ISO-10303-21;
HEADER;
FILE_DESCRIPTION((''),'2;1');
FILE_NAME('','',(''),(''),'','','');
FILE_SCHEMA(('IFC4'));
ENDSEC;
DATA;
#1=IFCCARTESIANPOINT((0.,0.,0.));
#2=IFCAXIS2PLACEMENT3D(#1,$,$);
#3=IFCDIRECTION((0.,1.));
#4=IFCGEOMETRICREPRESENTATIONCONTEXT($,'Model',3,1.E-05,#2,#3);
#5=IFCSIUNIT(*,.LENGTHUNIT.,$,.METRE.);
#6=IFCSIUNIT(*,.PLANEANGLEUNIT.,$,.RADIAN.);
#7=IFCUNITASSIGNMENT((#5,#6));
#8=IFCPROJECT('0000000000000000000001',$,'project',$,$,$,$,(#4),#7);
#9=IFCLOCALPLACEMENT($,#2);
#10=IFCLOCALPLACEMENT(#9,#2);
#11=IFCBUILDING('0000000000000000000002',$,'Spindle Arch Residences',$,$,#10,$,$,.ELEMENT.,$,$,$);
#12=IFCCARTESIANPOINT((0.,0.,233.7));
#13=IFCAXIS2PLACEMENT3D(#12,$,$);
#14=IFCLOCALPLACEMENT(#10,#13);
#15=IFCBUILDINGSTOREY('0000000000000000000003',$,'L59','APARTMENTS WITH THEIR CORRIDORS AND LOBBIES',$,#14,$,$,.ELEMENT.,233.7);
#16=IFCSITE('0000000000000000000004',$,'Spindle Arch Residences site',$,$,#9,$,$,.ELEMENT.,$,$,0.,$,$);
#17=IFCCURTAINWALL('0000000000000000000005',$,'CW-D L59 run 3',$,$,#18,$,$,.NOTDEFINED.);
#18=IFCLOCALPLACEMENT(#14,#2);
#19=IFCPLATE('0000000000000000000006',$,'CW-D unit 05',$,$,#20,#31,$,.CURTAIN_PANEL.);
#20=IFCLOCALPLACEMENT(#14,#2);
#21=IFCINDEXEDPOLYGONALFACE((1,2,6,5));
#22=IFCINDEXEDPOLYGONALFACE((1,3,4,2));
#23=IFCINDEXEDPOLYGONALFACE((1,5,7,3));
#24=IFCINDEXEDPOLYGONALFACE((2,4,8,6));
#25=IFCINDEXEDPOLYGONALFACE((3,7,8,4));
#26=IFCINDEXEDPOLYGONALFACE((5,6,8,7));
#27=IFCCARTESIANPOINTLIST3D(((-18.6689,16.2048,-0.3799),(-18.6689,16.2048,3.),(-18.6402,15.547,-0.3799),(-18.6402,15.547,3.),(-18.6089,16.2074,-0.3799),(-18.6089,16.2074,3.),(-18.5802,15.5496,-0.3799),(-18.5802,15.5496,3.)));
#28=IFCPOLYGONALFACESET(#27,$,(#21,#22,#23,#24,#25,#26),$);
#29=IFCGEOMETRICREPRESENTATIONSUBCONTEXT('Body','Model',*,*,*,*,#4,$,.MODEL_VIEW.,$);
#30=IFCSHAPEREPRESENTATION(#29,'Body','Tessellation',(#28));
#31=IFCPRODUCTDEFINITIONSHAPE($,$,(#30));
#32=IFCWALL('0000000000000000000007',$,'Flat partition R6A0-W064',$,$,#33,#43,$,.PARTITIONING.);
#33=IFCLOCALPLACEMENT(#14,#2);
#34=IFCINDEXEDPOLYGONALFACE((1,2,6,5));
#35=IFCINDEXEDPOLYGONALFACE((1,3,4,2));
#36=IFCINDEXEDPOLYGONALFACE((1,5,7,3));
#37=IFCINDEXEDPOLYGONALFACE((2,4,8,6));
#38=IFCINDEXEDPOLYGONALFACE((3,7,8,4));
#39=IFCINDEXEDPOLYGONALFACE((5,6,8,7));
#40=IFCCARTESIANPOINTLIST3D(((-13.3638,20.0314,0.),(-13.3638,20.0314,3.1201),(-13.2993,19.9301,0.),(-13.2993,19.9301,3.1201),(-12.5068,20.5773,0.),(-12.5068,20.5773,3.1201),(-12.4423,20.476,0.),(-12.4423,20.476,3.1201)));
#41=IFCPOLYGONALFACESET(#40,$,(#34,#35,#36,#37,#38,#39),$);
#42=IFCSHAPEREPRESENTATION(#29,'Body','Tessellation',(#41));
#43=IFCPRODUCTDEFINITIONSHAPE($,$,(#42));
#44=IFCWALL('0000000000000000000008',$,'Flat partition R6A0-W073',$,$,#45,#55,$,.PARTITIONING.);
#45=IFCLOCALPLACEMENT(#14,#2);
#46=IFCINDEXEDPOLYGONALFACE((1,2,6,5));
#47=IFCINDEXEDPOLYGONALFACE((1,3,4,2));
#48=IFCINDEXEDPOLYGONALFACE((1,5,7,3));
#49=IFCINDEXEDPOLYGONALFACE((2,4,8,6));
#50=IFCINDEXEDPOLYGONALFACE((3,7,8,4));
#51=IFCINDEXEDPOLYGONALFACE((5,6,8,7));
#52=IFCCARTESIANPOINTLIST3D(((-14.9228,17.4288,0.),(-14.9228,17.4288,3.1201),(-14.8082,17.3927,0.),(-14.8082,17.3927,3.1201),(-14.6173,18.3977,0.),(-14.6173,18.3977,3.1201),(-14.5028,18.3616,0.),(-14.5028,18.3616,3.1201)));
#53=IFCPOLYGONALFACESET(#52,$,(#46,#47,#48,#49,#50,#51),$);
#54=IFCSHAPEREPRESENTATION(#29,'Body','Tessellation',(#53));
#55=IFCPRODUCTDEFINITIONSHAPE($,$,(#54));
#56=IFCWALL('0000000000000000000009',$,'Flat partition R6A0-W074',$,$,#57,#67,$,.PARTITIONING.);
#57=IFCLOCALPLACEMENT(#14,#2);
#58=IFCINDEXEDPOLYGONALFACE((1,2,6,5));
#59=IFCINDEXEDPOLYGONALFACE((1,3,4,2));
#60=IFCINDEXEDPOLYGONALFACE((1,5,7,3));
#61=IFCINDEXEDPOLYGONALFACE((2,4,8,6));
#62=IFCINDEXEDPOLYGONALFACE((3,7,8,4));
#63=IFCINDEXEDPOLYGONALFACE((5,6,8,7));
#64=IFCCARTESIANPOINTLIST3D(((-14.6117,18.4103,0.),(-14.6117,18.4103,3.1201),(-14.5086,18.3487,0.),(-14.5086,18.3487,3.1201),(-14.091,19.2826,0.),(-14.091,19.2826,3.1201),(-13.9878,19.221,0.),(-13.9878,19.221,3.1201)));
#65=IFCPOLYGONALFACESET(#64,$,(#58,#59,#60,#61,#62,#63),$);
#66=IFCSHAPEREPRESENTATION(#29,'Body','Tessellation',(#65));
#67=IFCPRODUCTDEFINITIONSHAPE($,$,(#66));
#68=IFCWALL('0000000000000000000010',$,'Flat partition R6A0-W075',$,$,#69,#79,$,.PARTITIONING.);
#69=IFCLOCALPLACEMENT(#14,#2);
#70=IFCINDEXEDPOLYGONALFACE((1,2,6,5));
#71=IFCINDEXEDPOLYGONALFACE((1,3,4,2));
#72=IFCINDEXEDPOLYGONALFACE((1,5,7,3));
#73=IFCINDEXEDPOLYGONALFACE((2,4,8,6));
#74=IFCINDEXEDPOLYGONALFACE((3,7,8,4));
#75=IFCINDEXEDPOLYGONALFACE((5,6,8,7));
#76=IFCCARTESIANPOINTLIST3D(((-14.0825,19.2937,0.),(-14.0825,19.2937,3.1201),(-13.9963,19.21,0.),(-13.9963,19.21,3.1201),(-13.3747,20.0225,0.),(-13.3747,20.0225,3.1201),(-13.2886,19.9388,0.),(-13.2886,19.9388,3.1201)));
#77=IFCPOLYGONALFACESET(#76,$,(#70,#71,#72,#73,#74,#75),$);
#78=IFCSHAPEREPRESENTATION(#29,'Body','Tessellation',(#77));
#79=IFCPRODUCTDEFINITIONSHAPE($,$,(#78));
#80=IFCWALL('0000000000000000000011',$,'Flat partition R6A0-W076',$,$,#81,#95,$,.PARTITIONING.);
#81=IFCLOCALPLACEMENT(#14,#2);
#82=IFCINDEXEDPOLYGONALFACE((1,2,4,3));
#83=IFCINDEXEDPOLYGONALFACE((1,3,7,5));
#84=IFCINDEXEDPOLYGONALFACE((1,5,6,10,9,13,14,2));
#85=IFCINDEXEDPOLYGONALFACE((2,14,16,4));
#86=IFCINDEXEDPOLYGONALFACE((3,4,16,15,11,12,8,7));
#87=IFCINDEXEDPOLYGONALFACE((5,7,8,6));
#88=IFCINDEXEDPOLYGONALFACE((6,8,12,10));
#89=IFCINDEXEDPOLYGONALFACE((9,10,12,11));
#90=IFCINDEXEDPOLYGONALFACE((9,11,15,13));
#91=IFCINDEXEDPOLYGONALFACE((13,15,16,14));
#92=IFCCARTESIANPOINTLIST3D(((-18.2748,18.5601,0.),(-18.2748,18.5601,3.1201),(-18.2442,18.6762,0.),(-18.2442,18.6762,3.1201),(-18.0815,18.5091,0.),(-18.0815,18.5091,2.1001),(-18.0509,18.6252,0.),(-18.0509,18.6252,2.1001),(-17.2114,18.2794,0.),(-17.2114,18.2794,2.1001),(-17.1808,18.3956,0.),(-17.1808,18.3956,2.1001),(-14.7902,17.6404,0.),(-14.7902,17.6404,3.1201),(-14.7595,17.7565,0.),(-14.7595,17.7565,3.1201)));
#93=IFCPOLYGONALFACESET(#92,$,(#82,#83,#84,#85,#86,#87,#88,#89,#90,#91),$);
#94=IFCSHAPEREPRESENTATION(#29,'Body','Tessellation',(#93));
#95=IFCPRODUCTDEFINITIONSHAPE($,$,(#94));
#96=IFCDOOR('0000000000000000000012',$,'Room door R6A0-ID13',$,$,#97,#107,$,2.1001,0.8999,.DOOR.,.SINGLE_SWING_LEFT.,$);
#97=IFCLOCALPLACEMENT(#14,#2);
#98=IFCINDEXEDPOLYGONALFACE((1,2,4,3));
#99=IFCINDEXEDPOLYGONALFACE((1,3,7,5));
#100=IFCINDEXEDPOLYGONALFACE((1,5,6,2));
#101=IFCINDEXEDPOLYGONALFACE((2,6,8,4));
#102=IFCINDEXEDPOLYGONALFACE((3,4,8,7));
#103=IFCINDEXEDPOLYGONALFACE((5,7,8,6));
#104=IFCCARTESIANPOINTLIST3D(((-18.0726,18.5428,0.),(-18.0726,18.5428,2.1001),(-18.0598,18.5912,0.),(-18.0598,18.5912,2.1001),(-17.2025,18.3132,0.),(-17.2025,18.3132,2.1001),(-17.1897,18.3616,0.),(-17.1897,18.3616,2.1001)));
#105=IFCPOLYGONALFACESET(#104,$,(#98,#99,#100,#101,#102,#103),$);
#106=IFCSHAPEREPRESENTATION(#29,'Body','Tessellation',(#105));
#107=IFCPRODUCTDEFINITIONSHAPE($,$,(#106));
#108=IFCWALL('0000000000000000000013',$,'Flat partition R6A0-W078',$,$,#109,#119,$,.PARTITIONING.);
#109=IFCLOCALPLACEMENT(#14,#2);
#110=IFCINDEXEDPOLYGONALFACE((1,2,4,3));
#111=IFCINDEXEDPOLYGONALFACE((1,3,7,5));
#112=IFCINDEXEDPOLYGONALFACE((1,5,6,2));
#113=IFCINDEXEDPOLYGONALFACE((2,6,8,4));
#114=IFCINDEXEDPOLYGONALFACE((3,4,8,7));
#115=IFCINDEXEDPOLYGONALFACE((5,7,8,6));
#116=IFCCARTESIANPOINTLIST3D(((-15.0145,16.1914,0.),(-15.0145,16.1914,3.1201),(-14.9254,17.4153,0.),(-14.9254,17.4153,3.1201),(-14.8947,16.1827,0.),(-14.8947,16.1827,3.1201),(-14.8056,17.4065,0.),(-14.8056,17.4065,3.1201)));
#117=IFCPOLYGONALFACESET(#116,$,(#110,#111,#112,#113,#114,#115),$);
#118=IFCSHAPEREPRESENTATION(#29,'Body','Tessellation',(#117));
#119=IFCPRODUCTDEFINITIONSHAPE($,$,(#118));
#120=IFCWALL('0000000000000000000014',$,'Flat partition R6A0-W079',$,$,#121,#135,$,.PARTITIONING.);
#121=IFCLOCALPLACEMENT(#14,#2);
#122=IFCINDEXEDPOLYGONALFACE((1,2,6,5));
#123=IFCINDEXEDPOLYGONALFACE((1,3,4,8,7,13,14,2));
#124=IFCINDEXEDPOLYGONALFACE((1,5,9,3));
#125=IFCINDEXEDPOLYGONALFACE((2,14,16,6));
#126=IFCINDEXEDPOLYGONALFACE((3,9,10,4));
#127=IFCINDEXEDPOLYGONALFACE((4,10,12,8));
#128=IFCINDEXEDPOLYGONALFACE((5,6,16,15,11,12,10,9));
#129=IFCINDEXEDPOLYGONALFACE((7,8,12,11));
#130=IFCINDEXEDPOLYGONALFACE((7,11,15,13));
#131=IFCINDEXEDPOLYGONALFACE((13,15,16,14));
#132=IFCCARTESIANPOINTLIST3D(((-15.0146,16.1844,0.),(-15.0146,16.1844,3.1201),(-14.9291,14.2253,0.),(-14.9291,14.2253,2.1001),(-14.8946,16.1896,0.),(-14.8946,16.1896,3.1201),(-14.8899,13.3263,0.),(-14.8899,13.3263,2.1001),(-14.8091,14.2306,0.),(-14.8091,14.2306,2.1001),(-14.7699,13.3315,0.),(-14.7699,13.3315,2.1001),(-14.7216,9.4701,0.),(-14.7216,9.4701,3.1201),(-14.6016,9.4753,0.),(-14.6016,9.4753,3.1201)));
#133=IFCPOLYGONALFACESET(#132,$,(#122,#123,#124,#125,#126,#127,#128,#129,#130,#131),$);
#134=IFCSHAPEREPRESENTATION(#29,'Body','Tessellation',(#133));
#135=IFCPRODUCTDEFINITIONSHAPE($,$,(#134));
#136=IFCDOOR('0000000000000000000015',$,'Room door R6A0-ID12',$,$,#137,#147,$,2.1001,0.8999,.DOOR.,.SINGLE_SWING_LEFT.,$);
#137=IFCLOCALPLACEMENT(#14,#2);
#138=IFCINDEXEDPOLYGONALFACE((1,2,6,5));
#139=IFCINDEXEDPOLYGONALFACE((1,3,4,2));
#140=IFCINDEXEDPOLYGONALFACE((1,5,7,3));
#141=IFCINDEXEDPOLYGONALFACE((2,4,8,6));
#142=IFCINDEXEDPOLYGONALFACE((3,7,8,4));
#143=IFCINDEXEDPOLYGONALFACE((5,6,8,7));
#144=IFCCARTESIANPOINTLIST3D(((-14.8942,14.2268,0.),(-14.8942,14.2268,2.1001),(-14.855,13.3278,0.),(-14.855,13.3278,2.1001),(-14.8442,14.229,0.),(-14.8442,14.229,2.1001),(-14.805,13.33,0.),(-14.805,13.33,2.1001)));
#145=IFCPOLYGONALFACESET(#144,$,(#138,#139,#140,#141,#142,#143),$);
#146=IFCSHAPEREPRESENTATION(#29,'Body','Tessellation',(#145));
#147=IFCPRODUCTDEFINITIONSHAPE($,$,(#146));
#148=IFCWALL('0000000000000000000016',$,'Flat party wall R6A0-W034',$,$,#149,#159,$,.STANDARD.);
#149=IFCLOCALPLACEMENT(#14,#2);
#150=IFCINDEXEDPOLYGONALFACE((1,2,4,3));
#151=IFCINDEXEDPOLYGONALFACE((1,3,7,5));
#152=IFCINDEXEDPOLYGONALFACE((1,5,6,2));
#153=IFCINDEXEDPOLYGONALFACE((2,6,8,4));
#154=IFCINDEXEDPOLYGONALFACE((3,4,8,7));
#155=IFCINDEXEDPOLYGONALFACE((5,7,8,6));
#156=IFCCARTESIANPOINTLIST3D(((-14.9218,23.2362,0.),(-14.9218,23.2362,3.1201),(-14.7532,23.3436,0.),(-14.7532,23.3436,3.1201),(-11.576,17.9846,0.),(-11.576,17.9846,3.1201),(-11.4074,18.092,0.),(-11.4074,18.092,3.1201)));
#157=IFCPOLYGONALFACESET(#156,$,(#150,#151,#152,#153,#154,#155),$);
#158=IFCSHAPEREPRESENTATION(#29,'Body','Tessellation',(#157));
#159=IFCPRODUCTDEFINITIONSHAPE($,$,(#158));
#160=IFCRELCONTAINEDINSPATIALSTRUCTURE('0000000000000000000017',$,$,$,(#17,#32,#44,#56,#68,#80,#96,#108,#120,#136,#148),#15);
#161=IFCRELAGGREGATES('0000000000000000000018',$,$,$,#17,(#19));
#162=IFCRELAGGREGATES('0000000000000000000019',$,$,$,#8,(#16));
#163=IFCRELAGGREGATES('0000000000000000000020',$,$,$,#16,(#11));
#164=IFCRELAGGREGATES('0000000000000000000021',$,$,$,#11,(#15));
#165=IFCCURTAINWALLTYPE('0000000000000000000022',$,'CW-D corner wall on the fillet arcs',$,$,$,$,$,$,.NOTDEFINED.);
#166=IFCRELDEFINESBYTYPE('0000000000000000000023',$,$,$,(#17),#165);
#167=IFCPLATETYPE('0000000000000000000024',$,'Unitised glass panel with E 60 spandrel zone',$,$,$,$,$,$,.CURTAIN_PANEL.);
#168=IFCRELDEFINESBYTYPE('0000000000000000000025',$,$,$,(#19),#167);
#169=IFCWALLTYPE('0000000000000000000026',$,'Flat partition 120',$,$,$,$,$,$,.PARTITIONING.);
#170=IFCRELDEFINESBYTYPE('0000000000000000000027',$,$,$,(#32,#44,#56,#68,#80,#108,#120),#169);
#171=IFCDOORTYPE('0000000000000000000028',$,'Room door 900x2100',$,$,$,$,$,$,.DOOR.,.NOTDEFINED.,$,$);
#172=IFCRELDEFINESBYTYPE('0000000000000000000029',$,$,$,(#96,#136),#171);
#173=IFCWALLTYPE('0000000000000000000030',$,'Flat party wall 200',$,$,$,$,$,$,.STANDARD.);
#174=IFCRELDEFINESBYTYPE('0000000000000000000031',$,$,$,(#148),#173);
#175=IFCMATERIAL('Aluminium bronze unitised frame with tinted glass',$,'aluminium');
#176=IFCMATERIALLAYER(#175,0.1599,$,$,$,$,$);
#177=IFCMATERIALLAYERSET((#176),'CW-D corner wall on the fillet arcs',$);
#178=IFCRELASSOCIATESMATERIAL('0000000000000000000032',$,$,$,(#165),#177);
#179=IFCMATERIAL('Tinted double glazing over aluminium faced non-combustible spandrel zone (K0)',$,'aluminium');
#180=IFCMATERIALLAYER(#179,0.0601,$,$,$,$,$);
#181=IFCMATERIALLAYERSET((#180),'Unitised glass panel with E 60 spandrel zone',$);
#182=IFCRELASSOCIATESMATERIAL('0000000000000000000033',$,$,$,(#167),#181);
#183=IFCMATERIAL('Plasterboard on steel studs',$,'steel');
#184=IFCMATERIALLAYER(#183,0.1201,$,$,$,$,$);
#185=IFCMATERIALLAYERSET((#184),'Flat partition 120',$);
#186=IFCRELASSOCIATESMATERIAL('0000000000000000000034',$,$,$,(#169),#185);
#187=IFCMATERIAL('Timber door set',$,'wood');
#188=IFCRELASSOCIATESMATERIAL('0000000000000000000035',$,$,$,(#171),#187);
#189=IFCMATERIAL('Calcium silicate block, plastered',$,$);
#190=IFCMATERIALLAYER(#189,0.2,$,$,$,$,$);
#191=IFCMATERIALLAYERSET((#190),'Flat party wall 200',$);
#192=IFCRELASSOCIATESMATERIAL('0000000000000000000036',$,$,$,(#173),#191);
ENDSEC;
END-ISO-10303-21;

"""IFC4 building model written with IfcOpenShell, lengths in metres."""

from ifc_helpers import new_model, si_unit, direction, frame, frame_2d, origin, origin_2d, place, context, subcontext, project, spatial, rectangle, extrude, material, layer, layer_set, type_object, element, fill, aggregate, save


model = new_model("IFC4")

# Units and contexts
model_context = context("Model", 3, precision=1e-05, world=origin(), true_north=direction((0.0, 1.0)))
body_context = subcontext(model_context, "Body", "Model", "MODEL_VIEW")
ifc_project = project(units=[si_unit("LENGTHUNIT", "METRE"), si_unit("PLANEANGLEUNIT", "RADIAN")], contexts=[model_context])

# Site, building, storey
site_placement = place(None, origin())
site = spatial("IfcSite", under=ifc_project, at=site_placement, Name="Spindle Arch Residences site", CompositionType="ELEMENT", RefElevation=0.0)
building_placement = place(site_placement, origin())
building = spatial("IfcBuilding", under=site, at=building_placement, Name="Spindle Arch Residences", CompositionType="ELEMENT")
storey_placement = place(building_placement, frame((0.0, 0.0, 233.7)))
storey = spatial("IfcBuildingStorey", under=building, at=storey_placement, Name="L59", Description="APARTMENTS WITH THEIR CORRIDORS AND LOBBIES", CompositionType="ELEMENT", Elevation=233.7)

# Curtain wall
ifc_material_1 = material(Name="Aluminium bronze unitised frame with tinted glass", Category="aluminium")
ifc_layer_1 = layer(ifc_material_1, 0.1599)
ifc_layer_set_1 = layer_set([ifc_layer_1], Name="CW-D corner wall on the fillet arcs")
curtain_wall_type_1 = type_object("IfcCurtainWallType", Name="CW-D corner wall on the fillet arcs", PredefinedType="NOTDEFINED", material=ifc_layer_set_1)
curtain_wall_1_placement = place(storey_placement, origin())
curtain_wall_1 = element("IfcCurtainWall", 1, at=curtain_wall_1_placement, inside=storey, type_object=curtain_wall_type_1, Name="CW-D L59 run 3", PredefinedType="NOTDEFINED")

# Plate
ifc_material_2 = material(Name="Tinted double glazing over aluminium faced non-combustible spandrel zone (K0)", Category="aluminium")
ifc_layer_2 = layer(ifc_material_2, 0.0601)
ifc_layer_set_2 = layer_set([ifc_layer_2], Name="Unitised glass panel with E 60 spandrel zone")
plate_type = type_object("IfcPlateType", Name="Unitised glass panel with E 60 spandrel zone", PredefinedType="CURTAIN_PANEL", material=ifc_layer_set_2)
plate_1_placement = place(storey_placement, frame((-18.6245, 15.8772, -0.3799), z_axis=(0.0, 0.0, 1.0), x_axis=(0.043619, -0.999048, 0.0)))
plate_1 = element("IfcPlate", 2, at=plate_1_placement, type_object=plate_type, Name="CW-D unit 05", PredefinedType="CURTAIN_PANEL", context=body_context, shape_type="SweptSolid", body=[
    extrude(rectangle(XDim=0.6584, YDim=0.0601, at=origin_2d()), origin(), (0.0, 0.0, 1.0), 3.3799),
])
aggregate(curtain_wall_1, [plate_1])

# Walls
ifc_material_3 = material(Name="Plasterboard on steel studs", Category="steel")
ifc_layer_3 = layer(ifc_material_3, 0.1201)
ifc_layer_set_3 = layer_set([ifc_layer_3], Name="Flat partition 120")
wall_type_1 = type_object("IfcWallType", Name="Flat partition 120", PredefinedType="PARTITIONING", material=ifc_layer_set_3)
wall_1_placement = place(storey_placement, frame((-13.3315, 19.9807, 0.0), z_axis=(0.0, 0.0, 1.0), x_axis=(0.843404, 0.53728, 0.0)))
element("IfcWall", 3, at=wall_1_placement, inside=storey, type_object=wall_type_1, Name="Flat partition R6A0-W064", PredefinedType="PARTITIONING", context=body_context, shape_type="SweptSolid", body=[
    extrude(rectangle(XDim=1.0161, YDim=0.1201, at=frame_2d((0.5081, 0.0))), origin(), (0.0, 0.0, 1.0), 3.1201),
])
for number, where, z_axis, x_axis, name in (
    (4, (-14.8655, 17.4109, 0.0), (0.0, 0.0, 1.0), (0.300683, 0.953724, 0.0), "Flat partition R6A0-W073"),
    (5, (-14.5601, 18.3796, 0.0), (0.0, 0.0, 1.0), (0.512586, 0.858636, 0.0), "Flat partition R6A0-W074"),
    (6, (-14.0393, 19.252, 0.0), (0.0, 0.0, 1.0), (0.696697, 0.717365, 0.0), "Flat partition R6A0-W075"),
):
    element("IfcWall", number, at=place(storey_placement, frame(where, z_axis=z_axis, x_axis=x_axis)), inside=storey, type_object=wall_type_1, Name=name, PredefinedType="PARTITIONING", context=body_context, shape_type="SweptSolid", body=[
        extrude(rectangle(XDim=1.0159, YDim=0.1201, at=frame_2d((0.5078, 0.0))), origin(), (0.0, 0.0, 1.0), 3.1201),
    ])

# Wall, opening, door
wall_2_placement = place(storey_placement, frame((-18.2595, 18.6182, 0.0), z_axis=(0.0, 0.0, 1.0), x_axis=(0.966892, -0.255187, 0.0)))
wall_2 = element("IfcWall", 7, at=wall_2_placement, inside=storey, type_object=wall_type_1, Name="Flat partition R6A0-W076", PredefinedType="PARTITIONING", context=body_context, shape_type="SweptSolid", body=[
    extrude(rectangle(XDim=3.604, YDim=0.1201, at=frame_2d((1.802, 0.0))), origin(), (0.0, 0.0, 1.0), 3.1201),
])
opening_1_placement = place(wall_2_placement, frame((0.2, 0.0, 0.0)))
opening_1 = element("IfcOpeningElement", 8, at=opening_1_placement, cuts=wall_2, PredefinedType="OPENING", context=body_context, shape_type="SweptSolid", body=[
    extrude(rectangle(XDim=0.8999, YDim=2.1001, at=frame_2d((0.45, 1.05))), frame((0.0, 0.0701, 0.0), z_axis=(0.0, -1.0, 0.0), x_axis=(1.0, 0.0, 0.0)), (0.0, 0.0, 1.0), 0.1401),
])
ifc_material_4 = material(Name="Timber door set", Category="wood")
door_type = type_object("IfcDoorType", Name="Room door 900x2100", OperationType="NOTDEFINED", PredefinedType="DOOR", material=ifc_material_4)
door_1_placement = place(opening_1_placement, origin())
door_1 = element("IfcDoor", 9, at=door_1_placement, inside=storey, type_object=door_type, Name="Room door R6A0-ID13", OperationType="SINGLE_SWING_LEFT", OverallHeight=2.1001, OverallWidth=0.8999, PredefinedType="DOOR", context=body_context, shape_type="SweptSolid", body=[
    extrude(rectangle(XDim=0.8999, YDim=2.1001, at=frame_2d((0.45, 1.05))), frame((0.0, 0.0249, 0.0), z_axis=(0.0, -1.0, 0.0), x_axis=(1.0, 0.0, 0.0)), (0.0, 0.0, 1.0), 0.05),
])
fill(opening_1, door_1)

# Wall
wall_3_placement = place(storey_placement, frame((-14.8655, 17.4109, 0.0), z_axis=(0.0, 0.0, 1.0), x_axis=(-0.072618, -0.99736, 0.0)))
element("IfcWall", 10, at=wall_3_placement, inside=storey, type_object=wall_type_1, Name="Flat partition R6A0-W078", PredefinedType="PARTITIONING", context=body_context, shape_type="SweptSolid", body=[
    extrude(rectangle(XDim=1.2271, YDim=0.1201, at=frame_2d((0.6135, 0.0))), origin(), (0.0, 0.0, 1.0), 3.1201),
])

# Wall, opening, door
wall_4_placement = place(storey_placement, frame((-14.9546, 16.187, 0.0), z_axis=(0.0, 0.0, 1.0), x_axis=(0.043592, -0.999049, 0.0)))
wall_4 = element("IfcWall", 11, at=wall_4_placement, inside=storey, type_object=wall_type_1, Name="Flat partition R6A0-W079", PredefinedType="PARTITIONING", context=body_context, shape_type="SweptSolid", body=[
    extrude(rectangle(XDim=6.7207, YDim=0.1201, at=frame_2d((3.3604, 0.0))), origin(), (0.0, 0.0, 1.0), 3.1201),
])
opening_2_placement = place(wall_4_placement, frame((1.9609, 0.0, 0.0)))
opening_2 = element("IfcOpeningElement", 12, at=opening_2_placement, cuts=wall_4, PredefinedType="OPENING", context=body_context, shape_type="SweptSolid", body=[
    extrude(rectangle(XDim=0.8999, YDim=2.1001, at=frame_2d((0.45, 1.05))), frame((0.0, 0.0701, 0.0), z_axis=(0.0, -1.0, 0.0), x_axis=(1.0, 0.0, 0.0)), (0.0, 0.0, 1.0), 0.1401),
])
door_2_placement = place(opening_2_placement, origin())
door_2 = element("IfcDoor", 13, at=door_2_placement, inside=storey, type_object=door_type, Name="Room door R6A0-ID12", OperationType="SINGLE_SWING_LEFT", OverallHeight=2.1001, OverallWidth=0.8999, PredefinedType="DOOR", context=body_context, shape_type="SweptSolid", body=[
    extrude(rectangle(XDim=0.8999, YDim=2.1001, at=frame_2d((0.45, 1.05))), frame((0.0, 0.0249, 0.0), z_axis=(0.0, -1.0, 0.0), x_axis=(1.0, 0.0, 0.0)), (0.0, 0.0, 1.0), 0.05),
])
fill(opening_2, door_2)

# Wall
ifc_material_5 = material(Name="Calcium silicate block, plastered")
ifc_layer_4 = layer(ifc_material_5, 0.2)
ifc_layer_set_4 = layer_set([ifc_layer_4], Name="Flat party wall 200")
wall_type_2 = type_object("IfcWallType", Name="Flat party wall 200", PredefinedType="STANDARD", material=ifc_layer_set_4)
wall_5_placement = place(storey_placement, frame((-14.8374, 23.2898, 0.0), z_axis=(0.0, 0.0, 1.0), x_axis=(0.537317, -0.84338, 0.0)))
element("IfcWall", 14, at=wall_5_placement, inside=storey, type_object=wall_type_2, Name="Flat party wall R6A0-W034", PredefinedType="STANDARD", context=body_context, shape_type="SweptSolid", body=[
    extrude(rectangle(XDim=6.2268, YDim=0.2, at=frame_2d((3.1133, 0.0))), origin(), (0.0, 0.0, 1.0), 3.1201),
])

save(model, "model.ifc")
